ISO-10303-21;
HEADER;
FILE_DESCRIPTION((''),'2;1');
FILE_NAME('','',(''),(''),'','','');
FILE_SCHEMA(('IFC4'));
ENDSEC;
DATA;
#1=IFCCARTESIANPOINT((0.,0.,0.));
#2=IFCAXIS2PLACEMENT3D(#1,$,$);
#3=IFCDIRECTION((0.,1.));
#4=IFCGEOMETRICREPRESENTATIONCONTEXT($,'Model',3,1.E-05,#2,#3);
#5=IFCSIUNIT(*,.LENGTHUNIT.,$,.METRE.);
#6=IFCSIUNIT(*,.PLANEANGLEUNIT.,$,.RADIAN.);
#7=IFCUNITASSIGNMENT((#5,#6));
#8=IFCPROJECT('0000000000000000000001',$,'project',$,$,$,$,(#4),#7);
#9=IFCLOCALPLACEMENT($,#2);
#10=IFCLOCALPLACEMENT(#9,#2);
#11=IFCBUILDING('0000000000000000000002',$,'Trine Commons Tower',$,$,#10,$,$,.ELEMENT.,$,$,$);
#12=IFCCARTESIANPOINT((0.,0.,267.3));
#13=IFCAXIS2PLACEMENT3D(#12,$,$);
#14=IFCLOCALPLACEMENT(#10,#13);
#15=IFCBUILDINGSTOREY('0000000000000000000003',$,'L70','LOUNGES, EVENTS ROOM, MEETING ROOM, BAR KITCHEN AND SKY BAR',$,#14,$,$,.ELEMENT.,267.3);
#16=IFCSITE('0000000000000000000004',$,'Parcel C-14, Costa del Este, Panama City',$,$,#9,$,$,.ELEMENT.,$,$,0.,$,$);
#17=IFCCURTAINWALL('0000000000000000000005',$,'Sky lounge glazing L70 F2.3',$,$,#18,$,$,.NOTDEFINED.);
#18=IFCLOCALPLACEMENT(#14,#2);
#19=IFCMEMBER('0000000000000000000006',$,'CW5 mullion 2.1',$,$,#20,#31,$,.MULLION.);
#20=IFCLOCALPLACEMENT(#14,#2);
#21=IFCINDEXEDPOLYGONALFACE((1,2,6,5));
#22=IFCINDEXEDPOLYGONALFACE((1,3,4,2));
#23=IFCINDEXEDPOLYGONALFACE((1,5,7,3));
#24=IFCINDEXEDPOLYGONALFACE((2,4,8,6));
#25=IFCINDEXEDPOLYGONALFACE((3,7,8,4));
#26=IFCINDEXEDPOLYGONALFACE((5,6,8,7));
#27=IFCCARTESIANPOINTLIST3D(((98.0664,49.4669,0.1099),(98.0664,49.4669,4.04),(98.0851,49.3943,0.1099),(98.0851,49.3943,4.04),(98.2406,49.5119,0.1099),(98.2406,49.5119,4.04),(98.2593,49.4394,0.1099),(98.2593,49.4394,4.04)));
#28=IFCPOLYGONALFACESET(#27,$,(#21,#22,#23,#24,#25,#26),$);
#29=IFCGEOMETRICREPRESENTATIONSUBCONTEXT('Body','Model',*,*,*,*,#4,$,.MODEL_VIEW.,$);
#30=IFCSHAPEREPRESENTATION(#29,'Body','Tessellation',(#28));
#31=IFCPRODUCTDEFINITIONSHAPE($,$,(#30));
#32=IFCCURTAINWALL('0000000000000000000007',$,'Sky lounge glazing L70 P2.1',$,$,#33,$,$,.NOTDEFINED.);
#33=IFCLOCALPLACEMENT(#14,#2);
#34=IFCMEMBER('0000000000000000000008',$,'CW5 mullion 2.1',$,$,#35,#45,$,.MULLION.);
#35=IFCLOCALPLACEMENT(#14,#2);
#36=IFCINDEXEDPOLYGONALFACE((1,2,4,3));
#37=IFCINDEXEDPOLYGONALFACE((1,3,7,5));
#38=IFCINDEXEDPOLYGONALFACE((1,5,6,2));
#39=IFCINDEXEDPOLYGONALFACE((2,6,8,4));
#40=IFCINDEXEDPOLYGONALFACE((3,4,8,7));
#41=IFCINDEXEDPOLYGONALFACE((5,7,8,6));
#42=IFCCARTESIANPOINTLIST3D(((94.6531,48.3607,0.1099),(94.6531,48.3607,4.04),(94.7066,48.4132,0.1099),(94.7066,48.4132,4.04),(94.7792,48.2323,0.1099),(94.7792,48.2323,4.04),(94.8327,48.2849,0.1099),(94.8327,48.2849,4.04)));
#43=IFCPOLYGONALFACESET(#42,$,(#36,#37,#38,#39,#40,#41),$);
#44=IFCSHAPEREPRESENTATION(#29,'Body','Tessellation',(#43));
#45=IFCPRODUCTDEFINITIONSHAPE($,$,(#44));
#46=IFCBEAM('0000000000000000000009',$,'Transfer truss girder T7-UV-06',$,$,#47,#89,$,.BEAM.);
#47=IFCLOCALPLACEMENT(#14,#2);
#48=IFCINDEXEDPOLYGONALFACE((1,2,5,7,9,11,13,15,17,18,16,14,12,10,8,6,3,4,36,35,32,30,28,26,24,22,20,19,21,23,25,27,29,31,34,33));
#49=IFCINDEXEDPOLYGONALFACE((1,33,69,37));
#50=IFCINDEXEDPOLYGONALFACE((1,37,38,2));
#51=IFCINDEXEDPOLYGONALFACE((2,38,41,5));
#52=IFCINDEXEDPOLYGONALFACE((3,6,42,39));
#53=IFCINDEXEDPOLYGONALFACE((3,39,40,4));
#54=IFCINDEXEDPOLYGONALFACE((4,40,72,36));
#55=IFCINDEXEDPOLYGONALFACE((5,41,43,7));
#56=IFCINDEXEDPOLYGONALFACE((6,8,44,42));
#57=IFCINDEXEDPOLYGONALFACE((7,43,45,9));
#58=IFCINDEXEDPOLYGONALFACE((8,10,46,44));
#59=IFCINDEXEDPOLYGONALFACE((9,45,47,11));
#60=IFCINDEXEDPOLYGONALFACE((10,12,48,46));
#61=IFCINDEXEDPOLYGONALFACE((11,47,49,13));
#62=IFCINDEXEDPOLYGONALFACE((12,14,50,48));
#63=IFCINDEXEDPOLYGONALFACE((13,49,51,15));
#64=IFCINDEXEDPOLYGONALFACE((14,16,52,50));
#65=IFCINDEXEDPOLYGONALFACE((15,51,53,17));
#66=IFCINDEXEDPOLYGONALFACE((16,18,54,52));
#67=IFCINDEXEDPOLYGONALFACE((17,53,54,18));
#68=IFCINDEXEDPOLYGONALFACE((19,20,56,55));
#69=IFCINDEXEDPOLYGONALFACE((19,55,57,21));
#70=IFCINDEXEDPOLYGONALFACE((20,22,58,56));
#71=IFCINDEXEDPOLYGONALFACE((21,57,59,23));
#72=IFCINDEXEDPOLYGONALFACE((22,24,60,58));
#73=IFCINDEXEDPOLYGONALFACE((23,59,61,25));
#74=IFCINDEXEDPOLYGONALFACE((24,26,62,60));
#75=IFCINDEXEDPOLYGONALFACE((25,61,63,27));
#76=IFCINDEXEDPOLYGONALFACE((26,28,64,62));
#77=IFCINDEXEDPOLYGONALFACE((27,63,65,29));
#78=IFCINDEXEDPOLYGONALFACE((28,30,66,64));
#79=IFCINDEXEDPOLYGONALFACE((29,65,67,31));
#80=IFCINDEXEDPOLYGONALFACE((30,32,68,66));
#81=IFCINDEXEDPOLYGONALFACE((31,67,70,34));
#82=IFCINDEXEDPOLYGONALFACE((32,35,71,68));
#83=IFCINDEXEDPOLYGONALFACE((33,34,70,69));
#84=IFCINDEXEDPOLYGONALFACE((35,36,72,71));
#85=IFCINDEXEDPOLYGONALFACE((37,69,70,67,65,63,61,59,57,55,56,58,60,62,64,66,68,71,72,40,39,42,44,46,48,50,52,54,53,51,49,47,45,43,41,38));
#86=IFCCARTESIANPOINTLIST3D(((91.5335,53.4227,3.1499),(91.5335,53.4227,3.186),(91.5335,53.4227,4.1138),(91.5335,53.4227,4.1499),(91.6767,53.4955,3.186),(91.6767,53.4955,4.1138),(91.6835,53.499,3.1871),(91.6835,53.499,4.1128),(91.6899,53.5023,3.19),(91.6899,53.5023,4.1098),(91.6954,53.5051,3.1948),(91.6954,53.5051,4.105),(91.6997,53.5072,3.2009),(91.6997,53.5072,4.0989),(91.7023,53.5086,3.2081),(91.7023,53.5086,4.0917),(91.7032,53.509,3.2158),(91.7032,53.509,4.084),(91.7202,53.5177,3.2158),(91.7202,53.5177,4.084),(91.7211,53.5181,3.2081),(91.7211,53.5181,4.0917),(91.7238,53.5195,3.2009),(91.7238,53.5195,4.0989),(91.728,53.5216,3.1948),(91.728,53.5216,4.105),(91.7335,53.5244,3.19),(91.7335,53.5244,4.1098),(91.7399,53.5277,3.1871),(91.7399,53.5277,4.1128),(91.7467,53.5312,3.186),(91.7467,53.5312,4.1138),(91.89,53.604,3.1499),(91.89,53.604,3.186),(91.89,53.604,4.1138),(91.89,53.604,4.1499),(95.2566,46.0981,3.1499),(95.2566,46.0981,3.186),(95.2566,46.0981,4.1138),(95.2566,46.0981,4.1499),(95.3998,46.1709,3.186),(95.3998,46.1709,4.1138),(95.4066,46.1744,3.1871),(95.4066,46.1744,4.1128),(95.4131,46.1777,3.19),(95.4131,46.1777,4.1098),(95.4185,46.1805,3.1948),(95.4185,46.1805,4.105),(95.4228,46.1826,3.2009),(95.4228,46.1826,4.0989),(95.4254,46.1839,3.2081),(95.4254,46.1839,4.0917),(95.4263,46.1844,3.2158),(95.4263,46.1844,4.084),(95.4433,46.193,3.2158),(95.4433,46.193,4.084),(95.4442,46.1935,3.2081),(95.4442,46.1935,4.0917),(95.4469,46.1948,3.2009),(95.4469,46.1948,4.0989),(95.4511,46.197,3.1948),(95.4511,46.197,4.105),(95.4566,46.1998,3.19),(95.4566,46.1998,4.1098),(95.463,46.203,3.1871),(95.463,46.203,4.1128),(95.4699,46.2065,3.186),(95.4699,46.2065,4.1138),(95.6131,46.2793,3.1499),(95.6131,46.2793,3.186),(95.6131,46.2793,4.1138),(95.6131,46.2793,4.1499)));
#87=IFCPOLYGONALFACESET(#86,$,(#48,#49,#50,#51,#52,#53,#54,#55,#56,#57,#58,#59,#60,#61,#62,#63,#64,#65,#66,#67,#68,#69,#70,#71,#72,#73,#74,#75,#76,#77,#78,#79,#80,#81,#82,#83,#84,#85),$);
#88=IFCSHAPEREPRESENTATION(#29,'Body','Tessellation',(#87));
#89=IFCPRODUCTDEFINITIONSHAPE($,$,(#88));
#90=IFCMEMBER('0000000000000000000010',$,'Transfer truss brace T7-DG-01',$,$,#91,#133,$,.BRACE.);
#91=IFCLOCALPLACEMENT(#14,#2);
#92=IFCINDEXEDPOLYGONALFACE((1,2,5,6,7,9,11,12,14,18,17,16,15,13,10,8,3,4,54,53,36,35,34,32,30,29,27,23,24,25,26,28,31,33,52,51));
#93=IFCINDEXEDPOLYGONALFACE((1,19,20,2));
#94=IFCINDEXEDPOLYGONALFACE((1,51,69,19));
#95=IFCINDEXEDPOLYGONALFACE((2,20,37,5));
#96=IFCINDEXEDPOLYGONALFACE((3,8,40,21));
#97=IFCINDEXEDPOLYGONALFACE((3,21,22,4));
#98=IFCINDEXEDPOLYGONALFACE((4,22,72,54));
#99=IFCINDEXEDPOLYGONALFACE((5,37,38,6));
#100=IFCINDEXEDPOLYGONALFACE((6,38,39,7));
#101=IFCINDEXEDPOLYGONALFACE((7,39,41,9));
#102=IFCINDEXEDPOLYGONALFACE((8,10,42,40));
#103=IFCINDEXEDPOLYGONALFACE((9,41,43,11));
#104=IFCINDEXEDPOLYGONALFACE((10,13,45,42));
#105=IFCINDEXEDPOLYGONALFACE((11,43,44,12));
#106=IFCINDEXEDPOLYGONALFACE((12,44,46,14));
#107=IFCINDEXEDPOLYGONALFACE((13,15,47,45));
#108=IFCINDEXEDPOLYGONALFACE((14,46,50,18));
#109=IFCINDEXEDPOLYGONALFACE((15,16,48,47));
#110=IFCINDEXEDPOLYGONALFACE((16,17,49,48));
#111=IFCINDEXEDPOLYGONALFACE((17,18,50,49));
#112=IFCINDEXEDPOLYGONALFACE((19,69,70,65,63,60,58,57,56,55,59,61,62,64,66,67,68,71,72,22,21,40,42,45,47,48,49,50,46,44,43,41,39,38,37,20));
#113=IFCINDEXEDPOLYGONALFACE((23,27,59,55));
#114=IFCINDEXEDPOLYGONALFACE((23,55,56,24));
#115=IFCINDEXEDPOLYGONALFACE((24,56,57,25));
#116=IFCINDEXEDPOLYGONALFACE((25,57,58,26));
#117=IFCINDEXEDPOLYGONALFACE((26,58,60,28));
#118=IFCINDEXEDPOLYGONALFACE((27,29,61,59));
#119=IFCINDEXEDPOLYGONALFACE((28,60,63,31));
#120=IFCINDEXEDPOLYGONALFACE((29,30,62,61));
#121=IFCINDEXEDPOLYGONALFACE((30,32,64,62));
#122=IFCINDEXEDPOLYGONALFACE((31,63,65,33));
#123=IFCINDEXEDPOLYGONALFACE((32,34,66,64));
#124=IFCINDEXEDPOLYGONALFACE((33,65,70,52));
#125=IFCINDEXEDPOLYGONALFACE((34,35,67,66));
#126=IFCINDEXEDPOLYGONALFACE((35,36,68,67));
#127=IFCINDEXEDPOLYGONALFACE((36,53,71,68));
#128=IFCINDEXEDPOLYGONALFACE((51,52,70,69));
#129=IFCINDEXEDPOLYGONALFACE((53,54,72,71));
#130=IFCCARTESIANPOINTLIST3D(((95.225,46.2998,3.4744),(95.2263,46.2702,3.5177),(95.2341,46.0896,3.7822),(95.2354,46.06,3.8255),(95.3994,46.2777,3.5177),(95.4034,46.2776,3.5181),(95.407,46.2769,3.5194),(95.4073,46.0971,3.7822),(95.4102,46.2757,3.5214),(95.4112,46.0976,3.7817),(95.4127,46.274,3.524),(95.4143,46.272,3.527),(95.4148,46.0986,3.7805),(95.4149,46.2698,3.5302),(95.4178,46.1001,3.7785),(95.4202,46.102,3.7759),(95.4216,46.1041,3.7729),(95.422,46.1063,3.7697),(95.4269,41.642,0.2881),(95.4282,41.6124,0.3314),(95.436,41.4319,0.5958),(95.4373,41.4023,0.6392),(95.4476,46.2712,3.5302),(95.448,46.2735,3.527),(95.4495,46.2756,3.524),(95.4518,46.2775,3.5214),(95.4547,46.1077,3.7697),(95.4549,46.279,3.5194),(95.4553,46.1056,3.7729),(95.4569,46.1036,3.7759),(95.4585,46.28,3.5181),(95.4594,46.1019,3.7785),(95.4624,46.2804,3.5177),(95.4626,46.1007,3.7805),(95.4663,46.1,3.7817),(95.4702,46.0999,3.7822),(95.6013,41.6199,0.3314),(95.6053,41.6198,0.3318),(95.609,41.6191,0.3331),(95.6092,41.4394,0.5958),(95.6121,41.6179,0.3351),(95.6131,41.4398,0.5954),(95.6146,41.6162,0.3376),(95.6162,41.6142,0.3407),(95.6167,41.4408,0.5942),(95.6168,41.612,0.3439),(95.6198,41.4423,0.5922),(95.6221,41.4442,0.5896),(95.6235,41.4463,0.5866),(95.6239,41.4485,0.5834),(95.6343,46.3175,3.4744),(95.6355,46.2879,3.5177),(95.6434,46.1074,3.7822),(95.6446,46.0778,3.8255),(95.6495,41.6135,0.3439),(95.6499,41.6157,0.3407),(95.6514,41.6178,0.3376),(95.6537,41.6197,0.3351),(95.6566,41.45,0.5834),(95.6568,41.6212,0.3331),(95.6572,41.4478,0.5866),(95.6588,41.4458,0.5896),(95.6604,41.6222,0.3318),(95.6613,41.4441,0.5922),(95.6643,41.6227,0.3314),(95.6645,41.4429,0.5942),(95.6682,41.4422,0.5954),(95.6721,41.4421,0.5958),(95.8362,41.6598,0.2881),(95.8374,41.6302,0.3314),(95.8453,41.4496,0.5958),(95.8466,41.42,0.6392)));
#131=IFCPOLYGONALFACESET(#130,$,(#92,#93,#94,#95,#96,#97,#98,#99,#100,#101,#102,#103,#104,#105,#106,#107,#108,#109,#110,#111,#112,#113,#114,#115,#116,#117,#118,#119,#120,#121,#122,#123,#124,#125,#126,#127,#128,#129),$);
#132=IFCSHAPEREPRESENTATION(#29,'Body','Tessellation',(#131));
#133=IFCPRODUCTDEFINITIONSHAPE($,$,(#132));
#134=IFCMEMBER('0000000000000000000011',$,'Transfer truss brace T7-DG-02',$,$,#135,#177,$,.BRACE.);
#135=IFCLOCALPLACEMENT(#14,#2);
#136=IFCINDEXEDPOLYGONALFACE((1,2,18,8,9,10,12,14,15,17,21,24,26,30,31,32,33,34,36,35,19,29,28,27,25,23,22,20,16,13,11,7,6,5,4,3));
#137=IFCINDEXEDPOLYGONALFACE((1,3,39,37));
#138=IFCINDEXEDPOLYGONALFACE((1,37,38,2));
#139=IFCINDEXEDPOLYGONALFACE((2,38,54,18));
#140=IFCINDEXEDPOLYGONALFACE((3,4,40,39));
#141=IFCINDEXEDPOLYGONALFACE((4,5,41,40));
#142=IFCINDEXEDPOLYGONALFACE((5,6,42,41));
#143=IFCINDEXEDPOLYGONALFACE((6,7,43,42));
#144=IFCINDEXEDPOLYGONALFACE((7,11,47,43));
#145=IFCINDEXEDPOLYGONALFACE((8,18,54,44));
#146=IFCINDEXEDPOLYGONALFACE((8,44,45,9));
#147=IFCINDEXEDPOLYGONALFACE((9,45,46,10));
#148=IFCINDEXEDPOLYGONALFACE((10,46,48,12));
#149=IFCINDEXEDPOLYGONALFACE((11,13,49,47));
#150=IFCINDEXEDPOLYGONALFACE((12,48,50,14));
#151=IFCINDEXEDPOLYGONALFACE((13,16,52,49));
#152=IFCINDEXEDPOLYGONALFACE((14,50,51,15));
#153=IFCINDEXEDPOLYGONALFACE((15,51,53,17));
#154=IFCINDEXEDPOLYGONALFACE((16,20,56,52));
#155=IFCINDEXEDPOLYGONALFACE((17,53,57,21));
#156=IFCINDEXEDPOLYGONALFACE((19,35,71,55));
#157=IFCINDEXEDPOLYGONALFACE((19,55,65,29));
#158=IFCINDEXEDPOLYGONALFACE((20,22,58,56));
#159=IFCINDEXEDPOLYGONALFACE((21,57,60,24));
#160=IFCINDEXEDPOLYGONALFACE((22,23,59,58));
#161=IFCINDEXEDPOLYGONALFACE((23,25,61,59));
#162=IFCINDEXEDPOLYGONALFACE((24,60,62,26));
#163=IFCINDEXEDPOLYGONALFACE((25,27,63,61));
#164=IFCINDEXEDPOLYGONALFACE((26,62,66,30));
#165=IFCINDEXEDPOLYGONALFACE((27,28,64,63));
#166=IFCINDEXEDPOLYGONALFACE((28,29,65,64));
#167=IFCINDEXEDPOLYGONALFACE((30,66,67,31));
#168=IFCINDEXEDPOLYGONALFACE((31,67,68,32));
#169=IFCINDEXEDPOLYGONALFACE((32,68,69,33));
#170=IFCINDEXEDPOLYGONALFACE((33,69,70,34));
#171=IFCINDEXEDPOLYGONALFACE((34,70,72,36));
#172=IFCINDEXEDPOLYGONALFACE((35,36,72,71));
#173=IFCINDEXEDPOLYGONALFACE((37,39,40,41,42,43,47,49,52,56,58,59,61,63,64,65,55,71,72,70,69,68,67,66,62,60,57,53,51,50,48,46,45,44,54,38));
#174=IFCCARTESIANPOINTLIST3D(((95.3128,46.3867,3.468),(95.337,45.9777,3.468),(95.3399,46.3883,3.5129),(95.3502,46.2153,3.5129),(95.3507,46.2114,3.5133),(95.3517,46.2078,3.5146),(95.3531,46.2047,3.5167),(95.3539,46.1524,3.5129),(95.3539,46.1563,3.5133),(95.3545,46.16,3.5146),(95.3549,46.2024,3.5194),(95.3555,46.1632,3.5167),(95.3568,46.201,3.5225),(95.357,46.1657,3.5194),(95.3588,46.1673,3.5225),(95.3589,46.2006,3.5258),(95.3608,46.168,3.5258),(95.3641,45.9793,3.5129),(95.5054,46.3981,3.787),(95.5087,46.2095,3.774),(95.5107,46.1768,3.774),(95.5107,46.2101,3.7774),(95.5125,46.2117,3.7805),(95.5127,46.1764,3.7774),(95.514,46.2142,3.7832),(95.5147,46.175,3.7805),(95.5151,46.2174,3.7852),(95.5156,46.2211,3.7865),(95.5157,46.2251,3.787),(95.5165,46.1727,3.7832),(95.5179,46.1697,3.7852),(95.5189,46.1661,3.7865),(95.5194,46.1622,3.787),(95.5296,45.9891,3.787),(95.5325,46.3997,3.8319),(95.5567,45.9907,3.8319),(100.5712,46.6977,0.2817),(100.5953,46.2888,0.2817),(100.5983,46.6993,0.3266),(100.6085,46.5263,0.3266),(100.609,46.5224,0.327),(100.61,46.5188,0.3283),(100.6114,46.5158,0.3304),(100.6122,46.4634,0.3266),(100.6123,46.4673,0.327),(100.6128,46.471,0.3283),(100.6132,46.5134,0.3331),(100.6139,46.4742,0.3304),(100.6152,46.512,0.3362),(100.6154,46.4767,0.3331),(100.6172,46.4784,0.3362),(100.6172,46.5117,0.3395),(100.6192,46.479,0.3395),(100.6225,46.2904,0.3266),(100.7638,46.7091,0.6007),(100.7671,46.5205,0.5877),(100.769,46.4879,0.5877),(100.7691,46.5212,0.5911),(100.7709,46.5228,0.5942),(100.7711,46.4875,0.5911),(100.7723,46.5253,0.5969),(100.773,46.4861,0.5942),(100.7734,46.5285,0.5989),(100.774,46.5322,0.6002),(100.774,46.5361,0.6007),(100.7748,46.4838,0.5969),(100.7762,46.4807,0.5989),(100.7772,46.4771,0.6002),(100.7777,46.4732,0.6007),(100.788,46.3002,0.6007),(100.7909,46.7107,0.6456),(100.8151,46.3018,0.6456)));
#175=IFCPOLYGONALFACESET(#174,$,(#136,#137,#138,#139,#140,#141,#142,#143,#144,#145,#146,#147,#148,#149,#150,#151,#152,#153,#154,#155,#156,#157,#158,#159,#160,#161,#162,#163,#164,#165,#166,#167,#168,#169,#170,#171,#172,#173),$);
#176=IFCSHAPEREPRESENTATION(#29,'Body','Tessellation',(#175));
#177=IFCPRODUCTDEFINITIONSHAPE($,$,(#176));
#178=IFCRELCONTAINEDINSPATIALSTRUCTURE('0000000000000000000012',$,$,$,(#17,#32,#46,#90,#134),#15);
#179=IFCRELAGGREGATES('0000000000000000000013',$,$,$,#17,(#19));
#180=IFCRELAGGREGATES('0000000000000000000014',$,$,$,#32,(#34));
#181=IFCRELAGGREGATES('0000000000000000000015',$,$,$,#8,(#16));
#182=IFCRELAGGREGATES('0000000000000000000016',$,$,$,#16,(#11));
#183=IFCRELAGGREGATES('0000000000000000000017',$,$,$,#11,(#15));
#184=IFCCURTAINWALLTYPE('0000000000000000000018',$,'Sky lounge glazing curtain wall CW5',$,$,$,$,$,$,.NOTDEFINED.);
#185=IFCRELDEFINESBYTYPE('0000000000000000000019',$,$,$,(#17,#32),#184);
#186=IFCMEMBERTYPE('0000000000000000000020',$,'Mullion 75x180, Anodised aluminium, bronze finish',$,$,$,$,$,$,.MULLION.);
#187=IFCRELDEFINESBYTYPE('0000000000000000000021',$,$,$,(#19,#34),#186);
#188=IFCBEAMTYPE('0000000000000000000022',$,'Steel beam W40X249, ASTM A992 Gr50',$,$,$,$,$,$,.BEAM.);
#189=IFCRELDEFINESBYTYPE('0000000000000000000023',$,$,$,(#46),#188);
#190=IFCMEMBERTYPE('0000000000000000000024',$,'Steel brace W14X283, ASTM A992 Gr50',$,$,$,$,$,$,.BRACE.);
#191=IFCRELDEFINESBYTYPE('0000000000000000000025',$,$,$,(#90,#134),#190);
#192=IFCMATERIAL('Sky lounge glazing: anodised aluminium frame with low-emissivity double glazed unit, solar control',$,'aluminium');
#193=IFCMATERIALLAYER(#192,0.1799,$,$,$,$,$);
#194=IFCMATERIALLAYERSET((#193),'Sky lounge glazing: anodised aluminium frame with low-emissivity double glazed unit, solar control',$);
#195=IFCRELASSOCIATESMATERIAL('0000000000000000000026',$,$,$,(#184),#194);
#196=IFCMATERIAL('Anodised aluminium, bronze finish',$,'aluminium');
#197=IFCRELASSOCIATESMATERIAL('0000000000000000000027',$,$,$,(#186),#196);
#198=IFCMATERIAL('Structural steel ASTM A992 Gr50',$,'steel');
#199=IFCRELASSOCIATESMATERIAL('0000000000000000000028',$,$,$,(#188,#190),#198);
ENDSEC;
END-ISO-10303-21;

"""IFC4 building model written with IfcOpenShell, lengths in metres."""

from ifc_helpers import new_model, si_unit, direction, frame, origin, origin_2d, place, context, subcontext, project, spatial, rectangle, i_section, extrude, material, layer, layer_set, material_profile, profile_set, type_object, element, aggregate, save


model = new_model("IFC4")

# Units and contexts
model_context = context("Model", 3, precision=1e-05, world=origin(), true_north=direction((0.0, 1.0)))
body_context = subcontext(model_context, "Body", "Model", "MODEL_VIEW")
ifc_project = project(units=[si_unit("LENGTHUNIT", "METRE"), si_unit("PLANEANGLEUNIT", "RADIAN")], contexts=[model_context])

# Site, building, storey
site_placement = place(None, origin())
site = spatial("IfcSite", under=ifc_project, at=site_placement, Name="Parcel C-14, Costa del Este, Panama City", CompositionType="ELEMENT", RefElevation=0.0)
building_placement = place(site_placement, origin())
building = spatial("IfcBuilding", under=site, at=building_placement, Name="Trine Commons Tower", CompositionType="ELEMENT")
storey_placement = place(building_placement, frame((0.0, 0.0, 267.3)))
storey = spatial("IfcBuildingStorey", under=building, at=storey_placement, Name="L70", Description="LOUNGES, EVENTS ROOM, MEETING ROOM, BAR KITCHEN AND SKY BAR", CompositionType="ELEMENT", Elevation=267.3)

# Curtain walls, members
ifc_material_1 = material(Name="Sky lounge glazing: anodised aluminium frame with low-emissivity double glazed unit, solar control", Category="aluminium")
ifc_layer_1 = layer(ifc_material_1, 0.1799)
ifc_layer_set_1 = layer_set([ifc_layer_1], Name="Sky lounge glazing: anodised aluminium frame with low-emissivity double glazed unit, solar control")
curtain_wall_type = type_object("IfcCurtainWallType", Name="Sky lounge glazing curtain wall CW5", PredefinedType="NOTDEFINED", material=ifc_layer_set_1)
curtain_wall_1_placement = place(storey_placement, origin())
curtain_wall_1 = element("IfcCurtainWall", 1, at=curtain_wall_1_placement, inside=storey, type_object=curtain_wall_type, Name="Sky lounge glazing L70 F2.3", PredefinedType="NOTDEFINED")
ifc_material_2 = material(Name="Anodised aluminium, bronze finish", Category="aluminium")
ifc_material_profile_1 = material_profile(ifc_material_2, rectangle(XDim=0.1799, YDim=0.075, at=origin_2d()), Name="Mullion 75x180")
ifc_profile_set_1 = profile_set([ifc_material_profile_1], Name="Anodised aluminium, bronze finish")
member_type_1 = type_object("IfcMemberType", Name="Mullion 75x180, Anodised aluminium, bronze finish", PredefinedType="MULLION", material=ifc_profile_set_1)
member_1_placement = place(storey_placement, frame((98.1628, 49.4531, 0.1099), z_axis=(0.0, 0.0, 1.0), x_axis=(0.968148, 0.25038, 0.0)))
member_1 = element("IfcMember", 2, at=member_1_placement, type_object=member_type_1, Name="CW5 mullion 2.1", PredefinedType="MULLION", context=body_context, shape_type="SweptSolid", body=[
    extrude(rectangle(XDim=0.1799, YDim=0.075, at=origin_2d()), origin(), (0.0, 0.0, 1.0), 3.9302),
])
aggregate(curtain_wall_1, [member_1])
curtain_wall_2_placement = place(storey_placement, origin())
curtain_wall_2 = element("IfcCurtainWall", 3, at=curtain_wall_2_placement, inside=storey, type_object=curtain_wall_type, Name="Sky lounge glazing L70 P2.1", PredefinedType="NOTDEFINED")
member_2_placement = place(storey_placement, frame((94.7429, 48.3228, 0.1099), z_axis=(0.0, 0.0, 1.0), x_axis=(0.700909, -0.71325, 0.0)))
member_2 = element("IfcMember", 4, at=member_2_placement, type_object=member_type_1, Name="CW5 mullion 2.1", PredefinedType="MULLION", context=body_context, shape_type="SweptSolid", body=[
    extrude(rectangle(XDim=0.1799, YDim=0.075, at=origin_2d()), origin(), (0.0, 0.0, 1.0), 3.9302),
])

# Beam
ifc_material_3 = material(Name="Structural steel ASTM A992 Gr50", Category="steel")
ifc_material_profile_2 = material_profile(ifc_material_3, i_section(OverallWidth=0.3999, OverallDepth=1.0, WebThickness=0.019, FlangeThickness=0.0361, FilletRadius=0.0298, at=origin_2d()), Name="W40X249")
ifc_profile_set_2 = profile_set([ifc_material_profile_2], Name="Structural steel ASTM A992 Gr50")
beam_type = type_object("IfcBeamType", Name="Steel beam W40X249, ASTM A992 Gr50", PredefinedType="BEAM", material=ifc_profile_set_2)
beam_placement = place(storey_placement, frame((95.4348, 46.1887, 3.6499), z_axis=(-0.453123, 0.891448, 0.0), x_axis=(-0.891448, -0.453123, 0.0)))
element("IfcBeam", 5, at=beam_placement, inside=storey, type_object=beam_type, Name="Transfer truss girder T7-UV-06", PredefinedType="BEAM", context=body_context, shape_type="SweptSolid", body=[
    extrude(i_section(OverallWidth=0.3999, OverallDepth=1.0, WebThickness=0.019, FlangeThickness=0.0361, FilletRadius=0.0298, at=origin_2d()), origin(), (0.0, 0.0, 1.0), 8.2166),
])

# Members
ifc_material_profile_3 = material_profile(ifc_material_3, i_section(OverallWidth=0.4097, OverallDepth=0.4253, WebThickness=0.0327, FlangeThickness=0.0525, FilletRadius=0.0151, at=origin_2d()), Name="W14X283")
ifc_profile_set_3 = profile_set([ifc_material_profile_3], Name="Structural steel ASTM A992 Gr50")
member_type_2 = type_object("IfcMemberType", Name="Steel brace W14X283, ASTM A992 Gr50", PredefinedType="BRACE", material=ifc_profile_set_3)
member_3_placement = place(storey_placement, frame((95.6367, 41.531, 0.4636), z_axis=(-0.035755, 0.824827, 0.564253), x_axis=(-0.999062, -0.043308, 0.0)))
element("IfcMember", 6, at=member_3_placement, inside=storey, type_object=member_type_2, Name="Transfer truss brace T7-DG-01", PredefinedType="BRACE", context=body_context, shape_type="SweptSolid", body=[
    extrude(i_section(OverallWidth=0.4097, OverallDepth=0.4253, WebThickness=0.0327, FlangeThickness=0.0525, FilletRadius=0.0151, at=origin_2d()), origin(), (0.0, 0.0, 1.0), 5.647),
])
member_4_placement = place(storey_placement, frame((100.6931, 46.4998, 0.4636), z_axis=(-0.854147, -0.050524, 0.517572), x_axis=(0.059048, -0.998255, 0.0)))
element("IfcMember", 7, at=member_4_placement, inside=storey, type_object=member_type_2, Name="Transfer truss brace T7-DG-02", PredefinedType="BRACE", context=body_context, shape_type="SweptSolid", body=[
    extrude(i_section(OverallWidth=0.4097, OverallDepth=0.4253, WebThickness=0.0327, FlangeThickness=0.0525, FilletRadius=0.0151, at=origin_2d()), origin(), (0.0, 0.0, 1.0), 6.1562),
])

aggregate(curtain_wall_2, [member_2])

save(model, "model.ifc")
